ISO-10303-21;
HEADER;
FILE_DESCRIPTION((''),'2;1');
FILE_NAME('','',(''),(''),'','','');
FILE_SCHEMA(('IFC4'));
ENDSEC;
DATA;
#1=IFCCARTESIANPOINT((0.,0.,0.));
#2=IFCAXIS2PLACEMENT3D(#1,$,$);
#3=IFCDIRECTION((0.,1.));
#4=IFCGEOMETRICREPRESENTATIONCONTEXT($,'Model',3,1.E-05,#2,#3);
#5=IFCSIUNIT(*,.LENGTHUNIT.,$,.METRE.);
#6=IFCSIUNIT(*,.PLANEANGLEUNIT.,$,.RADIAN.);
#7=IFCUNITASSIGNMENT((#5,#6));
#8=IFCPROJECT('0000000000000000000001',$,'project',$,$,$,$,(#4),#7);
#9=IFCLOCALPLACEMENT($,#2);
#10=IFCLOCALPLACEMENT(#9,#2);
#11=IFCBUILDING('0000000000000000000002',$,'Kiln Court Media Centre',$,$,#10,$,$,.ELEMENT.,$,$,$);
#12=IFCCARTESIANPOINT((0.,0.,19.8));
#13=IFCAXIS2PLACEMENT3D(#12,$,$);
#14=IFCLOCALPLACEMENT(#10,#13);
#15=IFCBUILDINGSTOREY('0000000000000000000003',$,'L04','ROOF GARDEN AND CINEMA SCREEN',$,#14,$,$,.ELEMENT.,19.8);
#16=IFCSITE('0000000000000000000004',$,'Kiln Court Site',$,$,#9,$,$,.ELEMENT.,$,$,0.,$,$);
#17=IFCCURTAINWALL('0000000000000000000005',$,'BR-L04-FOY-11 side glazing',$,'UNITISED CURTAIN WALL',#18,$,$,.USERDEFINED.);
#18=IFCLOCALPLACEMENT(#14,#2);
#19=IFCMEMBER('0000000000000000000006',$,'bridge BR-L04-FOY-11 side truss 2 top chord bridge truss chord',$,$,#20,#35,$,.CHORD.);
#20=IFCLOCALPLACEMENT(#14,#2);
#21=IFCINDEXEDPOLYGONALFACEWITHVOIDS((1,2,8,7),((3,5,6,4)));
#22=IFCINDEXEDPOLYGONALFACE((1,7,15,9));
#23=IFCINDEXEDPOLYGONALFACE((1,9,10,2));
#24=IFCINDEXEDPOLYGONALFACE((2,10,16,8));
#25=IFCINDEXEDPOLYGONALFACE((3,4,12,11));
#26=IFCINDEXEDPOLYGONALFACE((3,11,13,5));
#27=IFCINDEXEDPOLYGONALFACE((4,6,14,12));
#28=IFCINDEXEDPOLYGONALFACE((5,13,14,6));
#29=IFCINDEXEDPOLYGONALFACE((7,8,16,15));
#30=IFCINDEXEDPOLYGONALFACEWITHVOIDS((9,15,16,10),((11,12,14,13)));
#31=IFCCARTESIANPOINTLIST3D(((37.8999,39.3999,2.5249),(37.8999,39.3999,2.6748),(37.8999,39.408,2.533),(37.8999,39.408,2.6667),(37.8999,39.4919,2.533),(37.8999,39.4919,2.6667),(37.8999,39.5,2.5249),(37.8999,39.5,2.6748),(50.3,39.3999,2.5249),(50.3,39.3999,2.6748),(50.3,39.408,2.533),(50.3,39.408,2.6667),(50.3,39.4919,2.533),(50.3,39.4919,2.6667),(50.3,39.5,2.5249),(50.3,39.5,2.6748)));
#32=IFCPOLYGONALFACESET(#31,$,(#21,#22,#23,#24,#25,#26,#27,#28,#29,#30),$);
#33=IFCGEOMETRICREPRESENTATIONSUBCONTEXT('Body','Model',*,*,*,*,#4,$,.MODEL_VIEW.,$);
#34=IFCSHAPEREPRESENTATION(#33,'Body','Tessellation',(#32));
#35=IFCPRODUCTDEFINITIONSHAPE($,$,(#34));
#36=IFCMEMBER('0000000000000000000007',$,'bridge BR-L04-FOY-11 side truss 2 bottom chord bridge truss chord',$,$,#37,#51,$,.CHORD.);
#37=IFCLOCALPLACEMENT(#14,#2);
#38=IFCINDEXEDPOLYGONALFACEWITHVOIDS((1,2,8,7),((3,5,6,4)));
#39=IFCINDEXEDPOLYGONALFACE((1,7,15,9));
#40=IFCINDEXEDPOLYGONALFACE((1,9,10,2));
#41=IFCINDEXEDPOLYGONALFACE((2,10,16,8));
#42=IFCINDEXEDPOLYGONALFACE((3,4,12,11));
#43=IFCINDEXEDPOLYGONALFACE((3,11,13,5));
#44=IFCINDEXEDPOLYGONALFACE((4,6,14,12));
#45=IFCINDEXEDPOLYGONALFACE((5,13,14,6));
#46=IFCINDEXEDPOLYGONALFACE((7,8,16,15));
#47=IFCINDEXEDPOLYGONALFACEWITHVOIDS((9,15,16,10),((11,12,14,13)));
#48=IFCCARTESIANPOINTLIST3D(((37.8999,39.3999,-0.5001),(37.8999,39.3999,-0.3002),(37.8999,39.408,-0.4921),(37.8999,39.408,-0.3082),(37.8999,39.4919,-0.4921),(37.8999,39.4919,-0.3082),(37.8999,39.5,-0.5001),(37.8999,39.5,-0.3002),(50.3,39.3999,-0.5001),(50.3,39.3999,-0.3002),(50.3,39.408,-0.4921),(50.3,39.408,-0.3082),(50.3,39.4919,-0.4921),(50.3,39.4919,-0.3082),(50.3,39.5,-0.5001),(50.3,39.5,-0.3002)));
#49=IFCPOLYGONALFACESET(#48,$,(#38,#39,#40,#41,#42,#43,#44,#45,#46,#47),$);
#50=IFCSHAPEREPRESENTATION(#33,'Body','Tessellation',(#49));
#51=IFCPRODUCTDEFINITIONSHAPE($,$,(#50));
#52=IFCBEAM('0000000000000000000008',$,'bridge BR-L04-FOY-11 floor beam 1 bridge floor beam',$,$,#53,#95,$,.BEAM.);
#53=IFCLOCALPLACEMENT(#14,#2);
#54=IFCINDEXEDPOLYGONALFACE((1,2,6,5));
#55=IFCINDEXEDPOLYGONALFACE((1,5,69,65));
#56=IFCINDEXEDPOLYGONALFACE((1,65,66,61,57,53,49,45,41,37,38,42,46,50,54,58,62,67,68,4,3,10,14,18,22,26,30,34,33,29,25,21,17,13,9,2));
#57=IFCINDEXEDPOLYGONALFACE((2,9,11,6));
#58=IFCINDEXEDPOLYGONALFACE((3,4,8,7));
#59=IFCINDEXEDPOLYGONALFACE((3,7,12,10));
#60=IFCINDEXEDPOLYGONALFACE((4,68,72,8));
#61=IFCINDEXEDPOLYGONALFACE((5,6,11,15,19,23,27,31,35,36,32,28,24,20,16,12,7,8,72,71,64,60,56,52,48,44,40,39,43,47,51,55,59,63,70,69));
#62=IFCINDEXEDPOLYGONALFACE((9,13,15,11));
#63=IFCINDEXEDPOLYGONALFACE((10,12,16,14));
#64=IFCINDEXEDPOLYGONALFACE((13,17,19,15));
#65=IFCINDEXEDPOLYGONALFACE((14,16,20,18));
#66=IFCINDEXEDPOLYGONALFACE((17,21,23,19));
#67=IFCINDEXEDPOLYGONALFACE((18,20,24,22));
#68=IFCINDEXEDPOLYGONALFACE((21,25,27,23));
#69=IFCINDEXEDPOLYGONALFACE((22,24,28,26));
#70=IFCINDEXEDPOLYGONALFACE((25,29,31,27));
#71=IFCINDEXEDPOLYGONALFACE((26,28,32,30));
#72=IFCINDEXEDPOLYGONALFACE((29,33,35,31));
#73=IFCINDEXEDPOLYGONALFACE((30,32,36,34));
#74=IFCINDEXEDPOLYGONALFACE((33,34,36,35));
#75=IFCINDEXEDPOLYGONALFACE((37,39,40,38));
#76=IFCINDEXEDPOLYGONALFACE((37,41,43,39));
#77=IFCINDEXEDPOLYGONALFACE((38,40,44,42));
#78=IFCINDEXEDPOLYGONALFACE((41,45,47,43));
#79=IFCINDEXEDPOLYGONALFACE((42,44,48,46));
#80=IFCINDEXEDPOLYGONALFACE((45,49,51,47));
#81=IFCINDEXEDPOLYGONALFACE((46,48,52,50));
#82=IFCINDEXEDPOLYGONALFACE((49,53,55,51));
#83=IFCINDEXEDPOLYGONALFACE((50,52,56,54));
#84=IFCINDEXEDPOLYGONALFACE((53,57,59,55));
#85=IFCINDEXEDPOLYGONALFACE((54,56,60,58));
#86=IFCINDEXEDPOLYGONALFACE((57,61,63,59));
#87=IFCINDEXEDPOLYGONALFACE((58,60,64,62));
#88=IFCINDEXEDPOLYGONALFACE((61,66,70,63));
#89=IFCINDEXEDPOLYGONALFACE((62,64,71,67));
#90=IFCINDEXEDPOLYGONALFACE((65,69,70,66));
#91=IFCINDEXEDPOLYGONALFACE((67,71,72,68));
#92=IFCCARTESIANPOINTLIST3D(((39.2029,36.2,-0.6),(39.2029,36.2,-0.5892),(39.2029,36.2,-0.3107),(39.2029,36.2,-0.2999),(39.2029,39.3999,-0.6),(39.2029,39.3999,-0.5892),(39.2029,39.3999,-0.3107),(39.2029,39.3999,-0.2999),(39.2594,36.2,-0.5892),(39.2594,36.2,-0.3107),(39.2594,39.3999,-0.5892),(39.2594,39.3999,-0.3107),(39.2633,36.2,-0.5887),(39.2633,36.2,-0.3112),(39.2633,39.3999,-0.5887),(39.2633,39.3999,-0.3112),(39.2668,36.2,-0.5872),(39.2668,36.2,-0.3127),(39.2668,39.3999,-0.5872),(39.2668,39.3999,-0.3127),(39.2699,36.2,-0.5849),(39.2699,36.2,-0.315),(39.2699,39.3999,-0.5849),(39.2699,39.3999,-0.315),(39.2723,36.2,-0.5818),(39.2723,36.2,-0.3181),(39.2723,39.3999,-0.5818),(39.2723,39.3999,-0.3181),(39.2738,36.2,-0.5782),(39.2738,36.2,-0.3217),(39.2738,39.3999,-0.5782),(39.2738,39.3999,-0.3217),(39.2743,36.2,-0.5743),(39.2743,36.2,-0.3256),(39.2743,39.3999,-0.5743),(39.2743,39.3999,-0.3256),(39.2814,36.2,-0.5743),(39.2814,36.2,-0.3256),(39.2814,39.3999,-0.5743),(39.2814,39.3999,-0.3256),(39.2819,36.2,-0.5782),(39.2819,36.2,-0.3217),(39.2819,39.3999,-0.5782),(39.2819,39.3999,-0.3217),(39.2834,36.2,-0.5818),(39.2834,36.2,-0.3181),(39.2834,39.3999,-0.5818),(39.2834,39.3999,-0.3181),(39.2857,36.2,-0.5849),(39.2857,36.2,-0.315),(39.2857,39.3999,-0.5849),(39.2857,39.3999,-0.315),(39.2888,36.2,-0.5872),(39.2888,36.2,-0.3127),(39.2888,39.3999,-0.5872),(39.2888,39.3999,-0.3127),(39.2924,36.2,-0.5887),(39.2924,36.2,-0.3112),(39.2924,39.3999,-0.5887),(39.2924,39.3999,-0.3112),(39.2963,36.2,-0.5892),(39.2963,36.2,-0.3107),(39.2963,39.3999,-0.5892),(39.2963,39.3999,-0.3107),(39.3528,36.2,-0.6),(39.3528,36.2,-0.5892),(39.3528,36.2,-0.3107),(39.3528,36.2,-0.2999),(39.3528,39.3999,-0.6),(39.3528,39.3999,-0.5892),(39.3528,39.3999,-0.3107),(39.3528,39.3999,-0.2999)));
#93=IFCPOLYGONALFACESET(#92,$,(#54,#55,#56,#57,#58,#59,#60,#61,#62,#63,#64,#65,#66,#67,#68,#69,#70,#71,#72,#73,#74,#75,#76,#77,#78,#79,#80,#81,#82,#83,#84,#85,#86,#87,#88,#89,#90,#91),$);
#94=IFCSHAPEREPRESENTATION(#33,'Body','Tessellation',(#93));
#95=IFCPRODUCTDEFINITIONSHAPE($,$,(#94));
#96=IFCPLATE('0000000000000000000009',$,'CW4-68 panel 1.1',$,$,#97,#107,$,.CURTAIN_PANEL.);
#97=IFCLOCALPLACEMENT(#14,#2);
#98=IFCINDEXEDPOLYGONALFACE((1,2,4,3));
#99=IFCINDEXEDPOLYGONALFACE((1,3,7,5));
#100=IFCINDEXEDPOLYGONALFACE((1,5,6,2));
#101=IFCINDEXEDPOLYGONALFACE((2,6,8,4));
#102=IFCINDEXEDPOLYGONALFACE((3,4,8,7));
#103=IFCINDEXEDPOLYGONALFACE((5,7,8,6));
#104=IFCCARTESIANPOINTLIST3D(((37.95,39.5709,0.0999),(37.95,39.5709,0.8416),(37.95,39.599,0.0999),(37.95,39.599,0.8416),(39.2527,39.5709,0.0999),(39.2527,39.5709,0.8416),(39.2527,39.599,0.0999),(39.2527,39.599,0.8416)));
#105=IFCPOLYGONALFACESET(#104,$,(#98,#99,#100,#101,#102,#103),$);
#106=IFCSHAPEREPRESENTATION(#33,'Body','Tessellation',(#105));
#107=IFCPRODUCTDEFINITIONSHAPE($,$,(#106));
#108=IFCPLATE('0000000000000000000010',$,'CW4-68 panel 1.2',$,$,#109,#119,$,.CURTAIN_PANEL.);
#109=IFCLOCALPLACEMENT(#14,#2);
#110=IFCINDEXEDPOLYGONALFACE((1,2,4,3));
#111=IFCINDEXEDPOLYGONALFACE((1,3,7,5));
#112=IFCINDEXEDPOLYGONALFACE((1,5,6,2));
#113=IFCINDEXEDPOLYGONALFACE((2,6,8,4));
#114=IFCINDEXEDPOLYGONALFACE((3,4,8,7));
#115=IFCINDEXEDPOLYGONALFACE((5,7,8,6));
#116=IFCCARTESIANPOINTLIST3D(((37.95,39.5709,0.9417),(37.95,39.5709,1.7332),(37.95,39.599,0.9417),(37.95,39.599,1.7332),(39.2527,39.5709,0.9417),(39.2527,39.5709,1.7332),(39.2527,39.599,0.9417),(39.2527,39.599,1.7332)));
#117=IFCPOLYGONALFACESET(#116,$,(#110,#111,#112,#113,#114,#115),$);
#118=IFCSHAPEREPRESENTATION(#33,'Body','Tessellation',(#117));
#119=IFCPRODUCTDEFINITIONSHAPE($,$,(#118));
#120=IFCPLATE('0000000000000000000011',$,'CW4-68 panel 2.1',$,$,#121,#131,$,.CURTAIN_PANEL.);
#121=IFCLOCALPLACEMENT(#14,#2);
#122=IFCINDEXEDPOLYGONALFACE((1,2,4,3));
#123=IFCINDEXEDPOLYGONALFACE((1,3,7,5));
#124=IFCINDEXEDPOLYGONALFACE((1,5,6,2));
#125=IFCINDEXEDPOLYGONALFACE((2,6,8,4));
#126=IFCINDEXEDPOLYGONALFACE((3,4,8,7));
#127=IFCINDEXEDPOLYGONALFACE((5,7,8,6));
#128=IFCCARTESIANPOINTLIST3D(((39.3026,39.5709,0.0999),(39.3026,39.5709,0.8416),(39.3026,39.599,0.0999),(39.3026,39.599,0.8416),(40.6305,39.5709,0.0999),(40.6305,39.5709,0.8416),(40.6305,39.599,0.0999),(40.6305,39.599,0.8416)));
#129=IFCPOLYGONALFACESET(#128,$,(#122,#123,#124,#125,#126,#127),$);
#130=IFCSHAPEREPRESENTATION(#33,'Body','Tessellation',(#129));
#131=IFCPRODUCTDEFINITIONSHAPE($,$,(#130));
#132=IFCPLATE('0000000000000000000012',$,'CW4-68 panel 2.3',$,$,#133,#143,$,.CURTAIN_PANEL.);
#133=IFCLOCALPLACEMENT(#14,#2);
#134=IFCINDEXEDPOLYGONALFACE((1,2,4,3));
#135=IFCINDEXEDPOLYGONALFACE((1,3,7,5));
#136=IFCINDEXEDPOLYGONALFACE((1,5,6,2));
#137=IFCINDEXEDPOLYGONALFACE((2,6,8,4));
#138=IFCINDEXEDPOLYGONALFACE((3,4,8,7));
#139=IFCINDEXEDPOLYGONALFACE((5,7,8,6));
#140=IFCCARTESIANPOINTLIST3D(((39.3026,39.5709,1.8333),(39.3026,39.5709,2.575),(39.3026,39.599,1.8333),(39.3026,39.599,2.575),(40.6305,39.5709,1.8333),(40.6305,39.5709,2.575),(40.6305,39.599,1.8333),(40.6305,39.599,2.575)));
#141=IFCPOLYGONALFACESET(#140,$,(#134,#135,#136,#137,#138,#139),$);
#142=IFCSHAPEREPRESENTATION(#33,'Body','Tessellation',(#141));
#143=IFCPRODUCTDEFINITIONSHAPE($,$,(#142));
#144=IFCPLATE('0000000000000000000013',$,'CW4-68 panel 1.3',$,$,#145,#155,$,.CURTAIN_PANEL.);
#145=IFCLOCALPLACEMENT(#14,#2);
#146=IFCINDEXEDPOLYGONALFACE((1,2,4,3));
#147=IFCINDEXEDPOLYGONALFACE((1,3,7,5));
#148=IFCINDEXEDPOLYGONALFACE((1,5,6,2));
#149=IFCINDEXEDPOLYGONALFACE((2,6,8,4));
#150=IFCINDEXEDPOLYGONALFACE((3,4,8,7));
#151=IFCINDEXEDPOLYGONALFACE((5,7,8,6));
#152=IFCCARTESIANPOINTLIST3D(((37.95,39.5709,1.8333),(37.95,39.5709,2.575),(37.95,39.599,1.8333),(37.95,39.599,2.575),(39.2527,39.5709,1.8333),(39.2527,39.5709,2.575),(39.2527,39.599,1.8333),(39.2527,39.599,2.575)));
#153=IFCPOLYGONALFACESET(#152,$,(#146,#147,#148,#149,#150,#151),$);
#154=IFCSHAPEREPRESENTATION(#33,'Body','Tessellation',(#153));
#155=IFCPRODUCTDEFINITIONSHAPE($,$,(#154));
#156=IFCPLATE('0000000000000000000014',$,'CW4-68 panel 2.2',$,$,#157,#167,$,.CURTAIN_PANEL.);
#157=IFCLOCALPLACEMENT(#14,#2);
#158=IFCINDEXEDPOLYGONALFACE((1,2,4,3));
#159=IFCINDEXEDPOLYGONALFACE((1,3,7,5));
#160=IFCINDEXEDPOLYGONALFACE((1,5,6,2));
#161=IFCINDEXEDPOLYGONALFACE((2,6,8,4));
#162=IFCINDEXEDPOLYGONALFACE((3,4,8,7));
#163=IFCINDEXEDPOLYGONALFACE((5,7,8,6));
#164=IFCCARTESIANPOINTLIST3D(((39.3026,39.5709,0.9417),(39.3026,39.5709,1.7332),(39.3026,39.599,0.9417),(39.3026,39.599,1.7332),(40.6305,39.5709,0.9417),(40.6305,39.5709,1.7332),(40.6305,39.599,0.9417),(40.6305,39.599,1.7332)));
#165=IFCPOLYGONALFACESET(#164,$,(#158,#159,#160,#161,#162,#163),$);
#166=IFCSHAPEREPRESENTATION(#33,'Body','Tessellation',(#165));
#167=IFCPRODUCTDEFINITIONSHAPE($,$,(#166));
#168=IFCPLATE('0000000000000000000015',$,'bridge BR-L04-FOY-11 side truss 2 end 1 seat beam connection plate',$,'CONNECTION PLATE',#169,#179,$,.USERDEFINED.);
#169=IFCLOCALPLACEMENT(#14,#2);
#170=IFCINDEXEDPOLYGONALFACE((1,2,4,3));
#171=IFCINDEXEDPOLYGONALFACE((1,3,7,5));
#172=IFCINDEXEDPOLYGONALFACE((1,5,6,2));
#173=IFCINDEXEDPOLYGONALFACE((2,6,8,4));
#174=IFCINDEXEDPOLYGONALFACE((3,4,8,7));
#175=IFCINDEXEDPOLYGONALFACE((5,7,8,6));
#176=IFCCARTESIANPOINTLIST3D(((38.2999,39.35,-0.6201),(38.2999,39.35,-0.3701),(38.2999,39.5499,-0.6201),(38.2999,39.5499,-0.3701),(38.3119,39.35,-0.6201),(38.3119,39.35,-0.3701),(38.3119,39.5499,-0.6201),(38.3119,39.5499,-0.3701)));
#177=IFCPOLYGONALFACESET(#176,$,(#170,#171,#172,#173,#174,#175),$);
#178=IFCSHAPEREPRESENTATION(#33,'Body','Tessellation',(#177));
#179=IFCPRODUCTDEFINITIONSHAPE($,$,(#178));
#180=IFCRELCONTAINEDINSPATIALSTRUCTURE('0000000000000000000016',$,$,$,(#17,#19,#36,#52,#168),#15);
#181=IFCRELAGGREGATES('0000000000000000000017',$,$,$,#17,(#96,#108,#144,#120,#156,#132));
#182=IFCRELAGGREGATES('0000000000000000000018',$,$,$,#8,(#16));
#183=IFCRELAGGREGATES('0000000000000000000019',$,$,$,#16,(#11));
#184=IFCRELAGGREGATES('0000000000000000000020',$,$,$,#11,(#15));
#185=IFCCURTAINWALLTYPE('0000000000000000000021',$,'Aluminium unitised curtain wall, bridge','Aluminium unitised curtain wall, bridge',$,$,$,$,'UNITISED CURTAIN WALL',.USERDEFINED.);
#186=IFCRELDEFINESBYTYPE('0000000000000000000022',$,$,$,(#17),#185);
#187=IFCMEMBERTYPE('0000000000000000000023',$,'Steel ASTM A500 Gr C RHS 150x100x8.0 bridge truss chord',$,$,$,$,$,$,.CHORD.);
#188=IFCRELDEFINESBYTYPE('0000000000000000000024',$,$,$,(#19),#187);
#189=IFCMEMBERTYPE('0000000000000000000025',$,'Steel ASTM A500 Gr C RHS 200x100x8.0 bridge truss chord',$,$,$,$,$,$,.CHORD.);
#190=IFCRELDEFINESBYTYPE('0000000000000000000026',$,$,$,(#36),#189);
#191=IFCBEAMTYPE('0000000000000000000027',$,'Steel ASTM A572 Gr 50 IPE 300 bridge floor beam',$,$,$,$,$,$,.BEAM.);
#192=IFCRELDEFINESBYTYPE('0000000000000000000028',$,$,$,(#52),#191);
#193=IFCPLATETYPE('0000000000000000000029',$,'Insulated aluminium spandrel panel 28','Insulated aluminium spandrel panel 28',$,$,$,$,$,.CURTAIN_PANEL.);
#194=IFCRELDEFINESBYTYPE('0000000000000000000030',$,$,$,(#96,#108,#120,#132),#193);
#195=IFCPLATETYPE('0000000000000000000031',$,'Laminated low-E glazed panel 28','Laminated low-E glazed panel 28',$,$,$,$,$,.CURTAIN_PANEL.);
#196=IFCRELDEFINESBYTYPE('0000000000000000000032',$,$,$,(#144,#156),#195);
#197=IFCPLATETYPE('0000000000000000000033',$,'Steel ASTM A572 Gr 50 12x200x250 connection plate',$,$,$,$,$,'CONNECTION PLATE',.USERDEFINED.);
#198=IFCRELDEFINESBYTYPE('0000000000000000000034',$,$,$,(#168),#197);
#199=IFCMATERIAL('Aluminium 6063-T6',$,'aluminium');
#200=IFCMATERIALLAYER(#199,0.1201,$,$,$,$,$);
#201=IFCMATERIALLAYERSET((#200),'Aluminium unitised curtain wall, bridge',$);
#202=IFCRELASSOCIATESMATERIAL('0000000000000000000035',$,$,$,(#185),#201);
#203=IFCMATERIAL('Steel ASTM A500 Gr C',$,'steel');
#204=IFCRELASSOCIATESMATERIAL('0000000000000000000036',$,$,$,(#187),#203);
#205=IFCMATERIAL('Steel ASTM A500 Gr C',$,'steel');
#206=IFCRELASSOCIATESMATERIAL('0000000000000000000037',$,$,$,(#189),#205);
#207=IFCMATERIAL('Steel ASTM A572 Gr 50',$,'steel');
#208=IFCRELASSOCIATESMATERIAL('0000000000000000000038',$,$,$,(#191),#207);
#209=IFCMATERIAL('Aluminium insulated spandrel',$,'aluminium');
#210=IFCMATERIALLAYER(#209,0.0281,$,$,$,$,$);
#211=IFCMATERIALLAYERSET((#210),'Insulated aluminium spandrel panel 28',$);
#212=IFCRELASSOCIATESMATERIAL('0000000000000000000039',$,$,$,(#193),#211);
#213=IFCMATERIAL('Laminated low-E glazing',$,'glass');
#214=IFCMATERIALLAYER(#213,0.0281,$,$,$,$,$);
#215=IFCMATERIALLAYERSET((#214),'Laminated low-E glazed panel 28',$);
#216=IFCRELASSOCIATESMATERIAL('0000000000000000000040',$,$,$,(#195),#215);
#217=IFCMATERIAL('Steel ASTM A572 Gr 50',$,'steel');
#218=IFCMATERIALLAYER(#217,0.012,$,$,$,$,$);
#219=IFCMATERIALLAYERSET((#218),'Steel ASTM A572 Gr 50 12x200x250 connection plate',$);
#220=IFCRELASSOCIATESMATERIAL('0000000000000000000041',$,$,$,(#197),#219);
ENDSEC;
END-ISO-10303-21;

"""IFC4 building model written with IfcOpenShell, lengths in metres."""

from ifc_helpers import new_model, si_unit, direction, frame, origin, origin_2d, place, context, subcontext, project, spatial, rectangle, hollow_rectangle, i_section, extrude, material, layer, layer_set, material_profile, profile_set, type_object, element, aggregate, save


model = new_model("IFC4")

# Units and contexts
model_context = context("Model", 3, precision=1e-05, world=origin(), true_north=direction((0.0, 1.0)))
body_context = subcontext(model_context, "Body", "Model", "MODEL_VIEW")
ifc_project = project(units=[si_unit("LENGTHUNIT", "METRE"), si_unit("PLANEANGLEUNIT", "RADIAN")], contexts=[model_context])

# Site, building, storey
site_placement = place(None, origin())
site = spatial("IfcSite", under=ifc_project, at=site_placement, Name="Kiln Court Site", CompositionType="ELEMENT", RefElevation=0.0)
building_placement = place(site_placement, origin())
building = spatial("IfcBuilding", under=site, at=building_placement, Name="Kiln Court Media Centre", CompositionType="ELEMENT")
storey_placement = place(building_placement, frame((0.0, 0.0, 19.8)))
storey = spatial("IfcBuildingStorey", under=building, at=storey_placement, Name="L04", Description="ROOF GARDEN AND CINEMA SCREEN", CompositionType="ELEMENT", Elevation=19.8)

# Curtain wall
ifc_material_1 = material(Name="Aluminium 6063-T6", Category="aluminium")
ifc_layer_1 = layer(ifc_material_1, 0.1201)
ifc_layer_set_1 = layer_set([ifc_layer_1], Name="Aluminium unitised curtain wall, bridge")
curtain_wall_type = type_object("IfcCurtainWallType", Name="Aluminium unitised curtain wall, bridge", Description="Aluminium unitised curtain wall, bridge", ElementType="UNITISED CURTAIN WALL", PredefinedType="USERDEFINED", material=ifc_layer_set_1)
curtain_wall_placement = place(storey_placement, origin())
curtain_wall = element("IfcCurtainWall", 1, at=curtain_wall_placement, inside=storey, type_object=curtain_wall_type, Name="BR-L04-FOY-11 side glazing", ObjectType="UNITISED CURTAIN WALL", PredefinedType="USERDEFINED")

# Members
ifc_material_2 = material(Name="Steel ASTM A500 Gr C", Category="steel")
ifc_material_profile_1 = material_profile(ifc_material_2, hollow_rectangle(XDim=0.1001, YDim=0.1499, WallThickness=0.0081, at=origin_2d()), Name="RHS 150x100x8.0")
ifc_profile_set_1 = profile_set([ifc_material_profile_1], Name="Steel ASTM A500 Gr C")
member_type_1 = type_object("IfcMemberType", Name="Steel ASTM A500 Gr C RHS 150x100x8.0 bridge truss chord", PredefinedType="CHORD", material=ifc_profile_set_1)
member_1_placement = place(storey_placement, frame((37.8999, 39.45, 2.5999), z_axis=(1.0, 0.0, 0.0), x_axis=(0.0, 1.0, 0.0)))
element("IfcMember", 2, at=member_1_placement, inside=storey, type_object=member_type_1, Name="bridge BR-L04-FOY-11 side truss 2 top chord bridge truss chord", PredefinedType="CHORD", context=body_context, shape_type="SweptSolid", body=[
    extrude(hollow_rectangle(XDim=0.1001, YDim=0.1499, WallThickness=0.0081, at=origin_2d()), origin(), (0.0, 0.0, 1.0), 12.4001),
])
ifc_material_3 = material(Name="Steel ASTM A500 Gr C", Category="steel")
ifc_material_profile_2 = material_profile(ifc_material_3, hollow_rectangle(XDim=0.1001, YDim=0.2, WallThickness=0.0081, at=origin_2d()), Name="RHS 200x100x8.0")
ifc_profile_set_2 = profile_set([ifc_material_profile_2], Name="Steel ASTM A500 Gr C")
member_type_2 = type_object("IfcMemberType", Name="Steel ASTM A500 Gr C RHS 200x100x8.0 bridge truss chord", PredefinedType="CHORD", material=ifc_profile_set_2)
member_2_placement = place(storey_placement, frame((37.8999, 39.45, -0.4001), z_axis=(1.0, 0.0, 0.0), x_axis=(0.0, 1.0, 0.0)))
element("IfcMember", 3, at=member_2_placement, inside=storey, type_object=member_type_2, Name="bridge BR-L04-FOY-11 side truss 2 bottom chord bridge truss chord", PredefinedType="CHORD", context=body_context, shape_type="SweptSolid", body=[
    extrude(hollow_rectangle(XDim=0.1001, YDim=0.2, WallThickness=0.0081, at=origin_2d()), origin(), (0.0, 0.0, 1.0), 12.4001),
])

# Beam
ifc_material_4 = material(Name="Steel ASTM A572 Gr 50", Category="steel")
ifc_material_profile_3 = material_profile(ifc_material_4, i_section(OverallWidth=0.1499, OverallDepth=0.3, WebThickness=0.0071, FlangeThickness=0.0107, FilletRadius=0.0149, at=origin_2d()), Name="IPE 300")
ifc_profile_set_3 = profile_set([ifc_material_profile_3], Name="Steel ASTM A572 Gr 50")
beam_type_1 = type_object("IfcBeamType", Name="Steel ASTM A572 Gr 50 IPE 300 bridge floor beam", PredefinedType="BEAM", material=ifc_profile_set_3)
beam_1_placement = place(storey_placement, frame((39.2778, 36.2, -0.45), z_axis=(0.0, 1.0, 0.0), x_axis=(-1.0, 0.0, 0.0)))
element("IfcBeam", 4, at=beam_1_placement, inside=storey, type_object=beam_type_1, Name="bridge BR-L04-FOY-11 floor beam 1 bridge floor beam", PredefinedType="BEAM", context=body_context, shape_type="SweptSolid", body=[
    extrude(i_section(OverallWidth=0.1499, OverallDepth=0.3, WebThickness=0.0071, FlangeThickness=0.0107, FilletRadius=0.0149, at=origin_2d()), origin(), (0.0, 0.0, 1.0), 3.2),
])

# Plates
ifc_material_5 = material(Name="Aluminium insulated spandrel", Category="aluminium")
ifc_layer_2 = layer(ifc_material_5, 0.0281)
ifc_layer_set_2 = layer_set([ifc_layer_2], Name="Insulated aluminium spandrel panel 28")
plate_type_1 = type_object("IfcPlateType", Name="Insulated aluminium spandrel panel 28", Description="Insulated aluminium spandrel panel 28", PredefinedType="CURTAIN_PANEL", material=ifc_layer_set_2)
plate_1_placement = place(storey_placement, frame((38.6013, 39.585, 0.0999), z_axis=(0.0, 0.0, 1.0), x_axis=(1.0, 0.0, 0.0)))
plate_1 = element("IfcPlate", 5, at=plate_1_placement, type_object=plate_type_1, Name="CW4-68 panel 1.1", PredefinedType="CURTAIN_PANEL", context=body_context, shape_type="SweptSolid", body=[
    extrude(rectangle(XDim=1.3027, YDim=0.0281, at=origin_2d()), origin(), (0.0, 0.0, 1.0), 0.7417),
])
plate_2_placement = place(storey_placement, frame((38.6013, 39.585, 0.9417), z_axis=(0.0, 0.0, 1.0), x_axis=(1.0, 0.0, 0.0)))
plate_2 = element("IfcPlate", 6, at=plate_2_placement, type_object=plate_type_1, Name="CW4-68 panel 1.2", PredefinedType="CURTAIN_PANEL", context=body_context, shape_type="SweptSolid", body=[
    extrude(rectangle(XDim=1.3027, YDim=0.0281, at=origin_2d()), origin(), (0.0, 0.0, 1.0), 0.7915),
])
plate_3_placement = place(storey_placement, frame((39.9666, 39.585, 0.0999), z_axis=(0.0, 0.0, 1.0), x_axis=(1.0, 0.0, 0.0)))
plate_3 = element("IfcPlate", 7, at=plate_3_placement, type_object=plate_type_1, Name="CW4-68 panel 2.1", PredefinedType="CURTAIN_PANEL", context=body_context, shape_type="SweptSolid", body=[
    extrude(rectangle(XDim=1.3279, YDim=0.0281, at=origin_2d()), origin(), (0.0, 0.0, 1.0), 0.7417),
])
plate_4_placement = place(storey_placement, frame((39.9666, 39.585, 1.8333), z_axis=(0.0, 0.0, 1.0), x_axis=(1.0, 0.0, 0.0)))
plate_4 = element("IfcPlate", 8, at=plate_4_placement, type_object=plate_type_1, Name="CW4-68 panel 2.3", PredefinedType="CURTAIN_PANEL", context=body_context, shape_type="SweptSolid", body=[
    extrude(rectangle(XDim=1.3279, YDim=0.0281, at=origin_2d()), origin(), (0.0, 0.0, 1.0), 0.7417),
])
ifc_material_6 = material(Name="Laminated low-E glazing", Category="glass")
ifc_layer_3 = layer(ifc_material_6, 0.0281)
ifc_layer_set_3 = layer_set([ifc_layer_3], Name="Laminated low-E glazed panel 28")
plate_type_2 = type_object("IfcPlateType", Name="Laminated low-E glazed panel 28", Description="Laminated low-E glazed panel 28", PredefinedType="CURTAIN_PANEL", material=ifc_layer_set_3)
plate_5_placement = place(storey_placement, frame((38.6013, 39.585, 1.8333), z_axis=(0.0, 0.0, 1.0), x_axis=(1.0, 0.0, 0.0)))
plate_5 = element("IfcPlate", 9, at=plate_5_placement, type_object=plate_type_2, Name="CW4-68 panel 1.3", PredefinedType="CURTAIN_PANEL", context=body_context, shape_type="SweptSolid", body=[
    extrude(rectangle(XDim=1.3027, YDim=0.0281, at=origin_2d()), origin(), (0.0, 0.0, 1.0), 0.7417),
])
plate_6_placement = place(storey_placement, frame((39.9666, 39.585, 0.9417), z_axis=(0.0, 0.0, 1.0), x_axis=(1.0, 0.0, 0.0)))
plate_6 = element("IfcPlate", 10, at=plate_6_placement, type_object=plate_type_2, Name="CW4-68 panel 2.2", PredefinedType="CURTAIN_PANEL", context=body_context, shape_type="SweptSolid", body=[
    extrude(rectangle(XDim=1.3279, YDim=0.0281, at=origin_2d()), origin(), (0.0, 0.0, 1.0), 0.7915),
])
aggregate(curtain_wall, [plate_1, plate_2, plate_5, plate_3, plate_6, plate_4])

# Plate
ifc_material_7 = material(Name="Steel ASTM A572 Gr 50", Category="steel")
ifc_layer_4 = layer(ifc_material_7, 0.012)
ifc_layer_set_4 = layer_set([ifc_layer_4], Name="Steel ASTM A572 Gr 50 12x200x250 connection plate")
plate_type_3 = type_object("IfcPlateType", Name="Steel ASTM A572 Gr 50 12x200x250 connection plate", ElementType="CONNECTION PLATE", PredefinedType="USERDEFINED", material=ifc_layer_set_4)
plate_7_placement = place(storey_placement, frame((38.3059, 39.45, -0.6201), z_axis=(0.0, 0.0, 1.0), x_axis=(1.0, 0.0, 0.0)))
element("IfcPlate", 11, at=plate_7_placement, inside=storey, type_object=plate_type_3, Name="bridge BR-L04-FOY-11 side truss 2 end 1 seat beam connection plate", ObjectType="CONNECTION PLATE", PredefinedType="USERDEFINED", context=body_context, shape_type="SweptSolid", body=[
    extrude(rectangle(XDim=0.012, YDim=0.2, at=origin_2d()), origin(), (0.0, 0.0, 1.0), 0.25),
])

save(model, "model.ifc")
